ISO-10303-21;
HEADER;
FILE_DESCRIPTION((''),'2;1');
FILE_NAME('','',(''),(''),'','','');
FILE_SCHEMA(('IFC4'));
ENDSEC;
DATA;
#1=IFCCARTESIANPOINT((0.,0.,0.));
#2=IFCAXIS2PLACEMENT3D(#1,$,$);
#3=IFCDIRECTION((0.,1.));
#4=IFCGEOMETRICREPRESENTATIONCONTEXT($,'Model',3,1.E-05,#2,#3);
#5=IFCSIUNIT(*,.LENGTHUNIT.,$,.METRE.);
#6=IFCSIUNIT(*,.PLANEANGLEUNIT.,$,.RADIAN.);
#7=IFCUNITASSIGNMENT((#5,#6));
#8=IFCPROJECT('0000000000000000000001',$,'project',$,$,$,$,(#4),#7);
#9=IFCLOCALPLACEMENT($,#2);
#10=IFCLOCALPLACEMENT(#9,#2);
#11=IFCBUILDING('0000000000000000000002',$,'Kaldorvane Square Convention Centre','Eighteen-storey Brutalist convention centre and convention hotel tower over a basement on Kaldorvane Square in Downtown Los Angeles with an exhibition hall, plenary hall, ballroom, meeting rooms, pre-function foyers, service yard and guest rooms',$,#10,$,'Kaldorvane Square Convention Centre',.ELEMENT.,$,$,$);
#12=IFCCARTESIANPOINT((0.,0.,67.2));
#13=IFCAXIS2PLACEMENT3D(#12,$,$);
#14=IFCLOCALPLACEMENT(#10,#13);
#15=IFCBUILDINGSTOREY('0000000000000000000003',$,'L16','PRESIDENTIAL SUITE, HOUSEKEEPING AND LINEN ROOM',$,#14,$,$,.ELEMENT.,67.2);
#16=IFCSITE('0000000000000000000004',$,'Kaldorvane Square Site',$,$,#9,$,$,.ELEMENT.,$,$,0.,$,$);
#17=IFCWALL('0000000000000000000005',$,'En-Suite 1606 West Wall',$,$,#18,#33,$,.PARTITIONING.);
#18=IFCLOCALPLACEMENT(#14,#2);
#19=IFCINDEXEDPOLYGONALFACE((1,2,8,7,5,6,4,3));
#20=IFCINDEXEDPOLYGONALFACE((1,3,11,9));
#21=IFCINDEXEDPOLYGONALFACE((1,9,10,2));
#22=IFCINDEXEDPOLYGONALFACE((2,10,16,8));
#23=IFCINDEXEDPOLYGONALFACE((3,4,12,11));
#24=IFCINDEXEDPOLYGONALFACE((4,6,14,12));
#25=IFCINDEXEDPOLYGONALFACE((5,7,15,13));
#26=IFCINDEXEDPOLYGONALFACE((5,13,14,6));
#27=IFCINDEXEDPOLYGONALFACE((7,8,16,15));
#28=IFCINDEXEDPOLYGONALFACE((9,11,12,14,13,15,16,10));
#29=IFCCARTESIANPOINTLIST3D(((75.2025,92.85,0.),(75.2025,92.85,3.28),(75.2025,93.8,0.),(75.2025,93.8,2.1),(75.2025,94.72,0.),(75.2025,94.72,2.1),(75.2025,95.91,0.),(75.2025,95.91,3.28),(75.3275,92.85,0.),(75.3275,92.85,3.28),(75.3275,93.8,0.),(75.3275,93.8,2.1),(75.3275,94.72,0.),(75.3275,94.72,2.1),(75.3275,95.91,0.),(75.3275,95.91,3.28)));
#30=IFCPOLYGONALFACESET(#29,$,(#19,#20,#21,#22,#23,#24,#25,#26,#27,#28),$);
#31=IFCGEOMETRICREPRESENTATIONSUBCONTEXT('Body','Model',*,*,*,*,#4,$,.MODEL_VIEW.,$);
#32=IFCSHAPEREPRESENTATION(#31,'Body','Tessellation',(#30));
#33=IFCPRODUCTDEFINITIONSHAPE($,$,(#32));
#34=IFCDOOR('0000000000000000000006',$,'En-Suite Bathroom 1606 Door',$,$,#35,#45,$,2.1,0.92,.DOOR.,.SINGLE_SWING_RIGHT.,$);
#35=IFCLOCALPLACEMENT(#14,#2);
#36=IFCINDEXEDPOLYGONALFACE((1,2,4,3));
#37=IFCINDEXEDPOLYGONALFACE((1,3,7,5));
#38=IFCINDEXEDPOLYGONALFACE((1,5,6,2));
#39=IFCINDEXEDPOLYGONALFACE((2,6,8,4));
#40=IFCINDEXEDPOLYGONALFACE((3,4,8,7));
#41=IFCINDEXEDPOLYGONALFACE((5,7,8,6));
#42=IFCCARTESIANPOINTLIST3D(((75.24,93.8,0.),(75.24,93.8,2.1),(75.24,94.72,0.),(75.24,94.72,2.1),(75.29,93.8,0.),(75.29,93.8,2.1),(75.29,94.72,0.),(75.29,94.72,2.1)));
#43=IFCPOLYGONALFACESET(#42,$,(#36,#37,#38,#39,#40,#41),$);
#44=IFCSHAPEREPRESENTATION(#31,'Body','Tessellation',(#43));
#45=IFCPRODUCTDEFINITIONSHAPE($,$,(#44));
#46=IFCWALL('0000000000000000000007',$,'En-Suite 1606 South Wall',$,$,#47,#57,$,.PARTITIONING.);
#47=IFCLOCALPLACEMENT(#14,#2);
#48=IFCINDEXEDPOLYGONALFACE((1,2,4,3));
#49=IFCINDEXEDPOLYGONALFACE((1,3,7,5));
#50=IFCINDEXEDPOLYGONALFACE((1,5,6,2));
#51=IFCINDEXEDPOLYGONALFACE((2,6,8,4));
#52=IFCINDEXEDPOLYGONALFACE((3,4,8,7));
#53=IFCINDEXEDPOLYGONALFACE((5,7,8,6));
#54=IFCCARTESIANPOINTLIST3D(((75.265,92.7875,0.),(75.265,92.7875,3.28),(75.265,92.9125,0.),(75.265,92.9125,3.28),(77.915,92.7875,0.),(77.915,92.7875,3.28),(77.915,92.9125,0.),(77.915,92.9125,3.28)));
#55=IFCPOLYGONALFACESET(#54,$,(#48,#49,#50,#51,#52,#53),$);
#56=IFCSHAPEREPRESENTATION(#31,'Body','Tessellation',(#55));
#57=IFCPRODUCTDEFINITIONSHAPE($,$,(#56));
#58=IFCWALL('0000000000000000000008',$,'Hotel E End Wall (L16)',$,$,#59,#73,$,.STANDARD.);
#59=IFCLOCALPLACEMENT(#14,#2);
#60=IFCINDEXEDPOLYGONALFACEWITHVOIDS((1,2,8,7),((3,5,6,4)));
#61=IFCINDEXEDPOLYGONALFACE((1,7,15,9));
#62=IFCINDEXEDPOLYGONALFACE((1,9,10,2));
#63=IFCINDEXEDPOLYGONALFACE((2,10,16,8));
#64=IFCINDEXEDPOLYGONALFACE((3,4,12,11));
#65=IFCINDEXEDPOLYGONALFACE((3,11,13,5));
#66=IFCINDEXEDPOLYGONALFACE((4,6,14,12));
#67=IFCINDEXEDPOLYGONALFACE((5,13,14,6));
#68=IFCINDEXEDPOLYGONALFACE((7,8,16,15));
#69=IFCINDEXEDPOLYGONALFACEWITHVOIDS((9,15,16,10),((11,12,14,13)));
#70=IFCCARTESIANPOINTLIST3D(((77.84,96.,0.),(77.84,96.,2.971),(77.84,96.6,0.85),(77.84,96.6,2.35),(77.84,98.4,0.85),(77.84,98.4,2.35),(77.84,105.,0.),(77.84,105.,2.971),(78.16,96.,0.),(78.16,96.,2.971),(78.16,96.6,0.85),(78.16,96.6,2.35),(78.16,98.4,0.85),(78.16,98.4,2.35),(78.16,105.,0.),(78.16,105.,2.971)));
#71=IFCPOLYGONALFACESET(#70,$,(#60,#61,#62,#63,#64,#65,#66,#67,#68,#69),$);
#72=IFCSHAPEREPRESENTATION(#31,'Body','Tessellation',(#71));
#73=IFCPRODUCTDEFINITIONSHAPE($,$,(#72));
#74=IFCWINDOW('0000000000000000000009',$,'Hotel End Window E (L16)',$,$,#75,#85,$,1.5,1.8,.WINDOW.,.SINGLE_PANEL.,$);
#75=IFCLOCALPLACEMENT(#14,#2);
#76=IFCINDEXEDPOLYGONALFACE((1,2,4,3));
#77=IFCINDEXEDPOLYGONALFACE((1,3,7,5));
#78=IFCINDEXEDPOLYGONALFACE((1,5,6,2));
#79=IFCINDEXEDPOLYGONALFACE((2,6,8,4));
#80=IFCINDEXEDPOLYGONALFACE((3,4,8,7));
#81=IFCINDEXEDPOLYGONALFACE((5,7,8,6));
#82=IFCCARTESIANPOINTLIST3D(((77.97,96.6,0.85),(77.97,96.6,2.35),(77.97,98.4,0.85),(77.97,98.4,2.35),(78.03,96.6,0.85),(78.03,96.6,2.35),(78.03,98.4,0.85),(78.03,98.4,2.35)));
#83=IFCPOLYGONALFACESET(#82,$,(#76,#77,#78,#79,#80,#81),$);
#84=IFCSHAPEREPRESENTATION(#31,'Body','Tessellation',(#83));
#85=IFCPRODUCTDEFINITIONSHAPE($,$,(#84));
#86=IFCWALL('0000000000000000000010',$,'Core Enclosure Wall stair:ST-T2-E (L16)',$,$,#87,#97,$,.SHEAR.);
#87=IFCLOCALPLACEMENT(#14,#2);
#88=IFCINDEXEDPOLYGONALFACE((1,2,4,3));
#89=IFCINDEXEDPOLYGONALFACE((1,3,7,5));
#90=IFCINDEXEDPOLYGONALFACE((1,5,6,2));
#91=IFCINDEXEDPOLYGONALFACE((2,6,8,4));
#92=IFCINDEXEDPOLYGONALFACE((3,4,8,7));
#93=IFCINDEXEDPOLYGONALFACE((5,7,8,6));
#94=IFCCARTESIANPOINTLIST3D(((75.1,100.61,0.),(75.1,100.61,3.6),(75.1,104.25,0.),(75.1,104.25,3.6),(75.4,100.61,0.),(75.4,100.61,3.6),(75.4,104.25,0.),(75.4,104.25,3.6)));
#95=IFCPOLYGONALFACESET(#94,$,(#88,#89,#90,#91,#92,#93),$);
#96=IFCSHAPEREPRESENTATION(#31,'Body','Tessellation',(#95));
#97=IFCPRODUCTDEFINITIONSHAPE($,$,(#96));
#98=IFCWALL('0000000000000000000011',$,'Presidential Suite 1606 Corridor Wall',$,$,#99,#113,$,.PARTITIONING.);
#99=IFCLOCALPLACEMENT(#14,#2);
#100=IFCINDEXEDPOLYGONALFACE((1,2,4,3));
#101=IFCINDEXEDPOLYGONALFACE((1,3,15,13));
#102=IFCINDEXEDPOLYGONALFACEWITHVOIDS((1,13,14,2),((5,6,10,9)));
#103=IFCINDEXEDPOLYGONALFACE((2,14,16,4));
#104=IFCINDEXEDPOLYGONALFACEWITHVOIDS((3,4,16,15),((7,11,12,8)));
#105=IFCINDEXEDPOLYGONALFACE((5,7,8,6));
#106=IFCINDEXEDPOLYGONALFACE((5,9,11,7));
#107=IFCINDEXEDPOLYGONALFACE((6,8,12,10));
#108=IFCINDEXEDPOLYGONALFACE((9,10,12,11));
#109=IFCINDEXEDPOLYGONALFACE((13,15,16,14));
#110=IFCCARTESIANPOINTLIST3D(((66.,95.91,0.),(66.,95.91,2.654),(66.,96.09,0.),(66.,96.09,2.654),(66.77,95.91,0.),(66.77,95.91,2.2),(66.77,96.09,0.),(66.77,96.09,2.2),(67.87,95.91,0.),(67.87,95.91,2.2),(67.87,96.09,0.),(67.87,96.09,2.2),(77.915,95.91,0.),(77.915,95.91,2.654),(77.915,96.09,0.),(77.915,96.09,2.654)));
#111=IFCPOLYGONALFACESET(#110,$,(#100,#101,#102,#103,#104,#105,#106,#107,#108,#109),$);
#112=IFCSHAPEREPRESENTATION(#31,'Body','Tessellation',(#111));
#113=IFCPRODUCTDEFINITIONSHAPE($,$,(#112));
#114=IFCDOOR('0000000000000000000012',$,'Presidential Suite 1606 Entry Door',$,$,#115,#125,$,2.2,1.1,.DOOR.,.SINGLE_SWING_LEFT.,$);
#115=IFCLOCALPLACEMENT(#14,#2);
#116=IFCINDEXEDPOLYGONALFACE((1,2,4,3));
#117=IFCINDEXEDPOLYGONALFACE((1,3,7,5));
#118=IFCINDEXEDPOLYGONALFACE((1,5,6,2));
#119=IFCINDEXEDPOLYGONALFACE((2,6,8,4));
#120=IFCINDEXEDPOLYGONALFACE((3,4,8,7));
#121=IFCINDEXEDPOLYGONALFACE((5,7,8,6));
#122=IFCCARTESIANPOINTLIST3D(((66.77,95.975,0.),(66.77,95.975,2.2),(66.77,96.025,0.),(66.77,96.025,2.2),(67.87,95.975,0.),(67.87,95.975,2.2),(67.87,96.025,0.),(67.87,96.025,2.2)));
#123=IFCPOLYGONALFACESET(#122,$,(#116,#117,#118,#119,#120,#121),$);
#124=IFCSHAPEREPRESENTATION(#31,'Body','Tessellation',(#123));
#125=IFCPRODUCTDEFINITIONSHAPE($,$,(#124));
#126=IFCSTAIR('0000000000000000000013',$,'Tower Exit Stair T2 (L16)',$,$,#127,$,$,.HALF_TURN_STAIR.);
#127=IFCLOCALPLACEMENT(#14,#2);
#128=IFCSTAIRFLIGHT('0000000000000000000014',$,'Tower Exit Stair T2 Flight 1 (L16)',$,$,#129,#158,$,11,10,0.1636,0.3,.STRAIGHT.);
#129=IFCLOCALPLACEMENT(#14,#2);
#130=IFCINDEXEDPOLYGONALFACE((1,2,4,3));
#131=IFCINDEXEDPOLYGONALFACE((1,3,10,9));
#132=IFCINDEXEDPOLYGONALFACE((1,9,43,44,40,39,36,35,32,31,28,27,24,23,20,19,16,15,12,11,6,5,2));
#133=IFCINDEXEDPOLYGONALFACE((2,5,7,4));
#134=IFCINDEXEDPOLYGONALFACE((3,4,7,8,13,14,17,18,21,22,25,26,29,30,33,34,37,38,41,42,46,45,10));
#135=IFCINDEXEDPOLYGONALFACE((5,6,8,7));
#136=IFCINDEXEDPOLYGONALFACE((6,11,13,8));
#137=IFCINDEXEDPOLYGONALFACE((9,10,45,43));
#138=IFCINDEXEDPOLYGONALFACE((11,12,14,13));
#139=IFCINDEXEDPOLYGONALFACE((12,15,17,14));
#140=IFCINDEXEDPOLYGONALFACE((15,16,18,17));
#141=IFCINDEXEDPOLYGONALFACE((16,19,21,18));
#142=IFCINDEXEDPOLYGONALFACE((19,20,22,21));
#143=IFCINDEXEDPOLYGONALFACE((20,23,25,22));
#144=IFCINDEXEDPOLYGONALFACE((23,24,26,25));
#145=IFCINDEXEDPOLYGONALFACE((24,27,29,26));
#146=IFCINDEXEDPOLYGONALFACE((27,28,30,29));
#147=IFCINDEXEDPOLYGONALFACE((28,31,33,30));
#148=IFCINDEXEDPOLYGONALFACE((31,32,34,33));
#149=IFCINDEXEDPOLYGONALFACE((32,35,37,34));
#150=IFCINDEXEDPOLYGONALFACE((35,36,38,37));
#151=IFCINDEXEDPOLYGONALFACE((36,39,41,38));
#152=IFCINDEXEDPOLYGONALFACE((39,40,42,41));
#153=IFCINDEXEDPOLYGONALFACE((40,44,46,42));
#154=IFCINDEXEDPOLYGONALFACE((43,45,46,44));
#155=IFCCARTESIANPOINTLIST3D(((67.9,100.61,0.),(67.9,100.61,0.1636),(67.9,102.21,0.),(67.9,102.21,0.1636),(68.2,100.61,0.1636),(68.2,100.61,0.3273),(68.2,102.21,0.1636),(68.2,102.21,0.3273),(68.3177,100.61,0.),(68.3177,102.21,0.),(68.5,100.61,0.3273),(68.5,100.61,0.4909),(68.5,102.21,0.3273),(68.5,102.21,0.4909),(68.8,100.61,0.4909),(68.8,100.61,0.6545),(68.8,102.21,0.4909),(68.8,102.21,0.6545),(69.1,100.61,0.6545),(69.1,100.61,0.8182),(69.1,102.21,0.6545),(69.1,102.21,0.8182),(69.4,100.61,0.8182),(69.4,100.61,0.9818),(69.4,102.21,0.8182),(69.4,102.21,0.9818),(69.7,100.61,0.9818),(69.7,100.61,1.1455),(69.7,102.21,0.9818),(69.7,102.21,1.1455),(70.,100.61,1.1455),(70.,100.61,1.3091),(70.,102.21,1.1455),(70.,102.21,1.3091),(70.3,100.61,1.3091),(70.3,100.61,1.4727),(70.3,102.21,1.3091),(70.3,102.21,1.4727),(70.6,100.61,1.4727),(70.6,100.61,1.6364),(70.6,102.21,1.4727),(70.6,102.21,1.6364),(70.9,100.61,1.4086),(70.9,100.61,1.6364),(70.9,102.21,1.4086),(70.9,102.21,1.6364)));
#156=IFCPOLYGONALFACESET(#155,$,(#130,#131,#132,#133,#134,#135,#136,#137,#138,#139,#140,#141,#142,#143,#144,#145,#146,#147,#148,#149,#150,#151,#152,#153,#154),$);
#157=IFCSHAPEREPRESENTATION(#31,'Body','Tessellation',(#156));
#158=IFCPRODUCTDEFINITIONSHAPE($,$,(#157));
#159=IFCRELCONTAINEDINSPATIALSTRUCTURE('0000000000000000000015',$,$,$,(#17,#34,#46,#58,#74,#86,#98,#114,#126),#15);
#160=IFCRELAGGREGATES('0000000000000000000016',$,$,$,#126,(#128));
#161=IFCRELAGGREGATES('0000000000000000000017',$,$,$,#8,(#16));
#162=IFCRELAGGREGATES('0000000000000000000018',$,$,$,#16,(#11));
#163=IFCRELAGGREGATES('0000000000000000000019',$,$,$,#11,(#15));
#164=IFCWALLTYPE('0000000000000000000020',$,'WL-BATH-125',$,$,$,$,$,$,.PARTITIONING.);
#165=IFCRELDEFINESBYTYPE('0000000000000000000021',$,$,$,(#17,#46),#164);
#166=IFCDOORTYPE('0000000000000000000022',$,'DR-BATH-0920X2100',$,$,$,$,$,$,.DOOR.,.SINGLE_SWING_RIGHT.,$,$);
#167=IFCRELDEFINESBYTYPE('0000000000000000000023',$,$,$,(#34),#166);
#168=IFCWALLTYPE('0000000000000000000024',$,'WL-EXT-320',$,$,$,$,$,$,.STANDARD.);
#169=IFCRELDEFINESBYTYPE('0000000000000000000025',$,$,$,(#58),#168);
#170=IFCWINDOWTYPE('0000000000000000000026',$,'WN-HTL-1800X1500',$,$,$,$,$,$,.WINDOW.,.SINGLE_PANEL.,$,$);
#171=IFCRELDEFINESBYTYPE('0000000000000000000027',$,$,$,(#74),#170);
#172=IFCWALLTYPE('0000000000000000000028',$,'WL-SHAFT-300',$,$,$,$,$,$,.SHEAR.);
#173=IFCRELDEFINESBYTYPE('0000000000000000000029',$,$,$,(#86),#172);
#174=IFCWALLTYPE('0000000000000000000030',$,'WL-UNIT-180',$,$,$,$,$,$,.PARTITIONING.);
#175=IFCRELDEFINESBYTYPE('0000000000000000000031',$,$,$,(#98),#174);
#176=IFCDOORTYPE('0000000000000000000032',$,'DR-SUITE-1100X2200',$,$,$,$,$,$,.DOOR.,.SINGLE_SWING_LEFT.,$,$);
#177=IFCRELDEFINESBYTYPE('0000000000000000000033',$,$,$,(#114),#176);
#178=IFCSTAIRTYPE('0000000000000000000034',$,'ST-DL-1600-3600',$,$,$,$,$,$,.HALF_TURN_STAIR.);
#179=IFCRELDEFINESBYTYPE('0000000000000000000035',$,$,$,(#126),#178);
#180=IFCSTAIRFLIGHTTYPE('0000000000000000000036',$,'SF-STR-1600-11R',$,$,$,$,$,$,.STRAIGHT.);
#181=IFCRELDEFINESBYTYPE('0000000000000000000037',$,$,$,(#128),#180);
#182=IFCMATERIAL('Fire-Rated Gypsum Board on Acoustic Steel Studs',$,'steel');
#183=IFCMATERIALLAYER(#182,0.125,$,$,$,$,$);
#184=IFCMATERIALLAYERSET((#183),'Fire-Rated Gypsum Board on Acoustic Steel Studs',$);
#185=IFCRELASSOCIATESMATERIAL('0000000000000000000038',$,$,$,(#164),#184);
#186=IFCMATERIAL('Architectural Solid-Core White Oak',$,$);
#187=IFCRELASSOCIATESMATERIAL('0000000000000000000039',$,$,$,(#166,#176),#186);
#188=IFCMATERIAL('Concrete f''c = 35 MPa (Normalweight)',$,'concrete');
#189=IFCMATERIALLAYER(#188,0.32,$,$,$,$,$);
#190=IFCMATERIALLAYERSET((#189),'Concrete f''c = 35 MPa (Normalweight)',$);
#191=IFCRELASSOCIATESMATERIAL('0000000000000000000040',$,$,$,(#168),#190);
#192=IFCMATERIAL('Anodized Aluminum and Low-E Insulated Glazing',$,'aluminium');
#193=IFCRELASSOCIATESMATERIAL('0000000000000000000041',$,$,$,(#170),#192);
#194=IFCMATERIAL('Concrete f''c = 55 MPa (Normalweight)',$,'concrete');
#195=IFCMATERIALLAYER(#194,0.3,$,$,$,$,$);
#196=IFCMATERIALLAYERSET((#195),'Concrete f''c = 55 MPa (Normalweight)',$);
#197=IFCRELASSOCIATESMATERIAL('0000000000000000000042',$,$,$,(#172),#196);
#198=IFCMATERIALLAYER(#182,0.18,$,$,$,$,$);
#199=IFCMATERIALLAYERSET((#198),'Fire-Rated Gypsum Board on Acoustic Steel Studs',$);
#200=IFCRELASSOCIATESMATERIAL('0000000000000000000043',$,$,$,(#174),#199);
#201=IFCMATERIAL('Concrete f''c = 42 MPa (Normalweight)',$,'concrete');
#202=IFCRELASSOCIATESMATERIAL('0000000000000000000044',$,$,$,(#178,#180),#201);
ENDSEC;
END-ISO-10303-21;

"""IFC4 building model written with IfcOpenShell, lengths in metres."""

from ifc_helpers import new_model, si_unit, direction, frame, frame_2d, origin, place, context, subcontext, project, spatial, polyline, rectangle, outline, extrude, material, layer, layer_set, type_object, element, fill, aggregate, save


model = new_model("IFC4")

# Units and contexts
model_context = context("Model", 3, precision=1e-05, world=origin(), true_north=direction((0.0, 1.0)))
body_context = subcontext(model_context, "Body", "Model", "MODEL_VIEW")
ifc_project = project(units=[si_unit("LENGTHUNIT", "METRE"), si_unit("PLANEANGLEUNIT", "RADIAN")], contexts=[model_context])

# Site, building, storey
site_placement = place(None, origin())
site = spatial("IfcSite", under=ifc_project, at=site_placement, Name="Kaldorvane Square Site", CompositionType="ELEMENT", RefElevation=0.0)
building_placement = place(site_placement, origin())
building = spatial("IfcBuilding", under=site, at=building_placement, Name="Kaldorvane Square Convention Centre", Description="Eighteen-storey Brutalist convention centre and convention hotel tower over a basement on Kaldorvane Square in Downtown Los Angeles with an exhibition hall, plenary hall, ballroom, meeting rooms, pre-function foyers, service yard and guest rooms", LongName="Kaldorvane Square Convention Centre", CompositionType="ELEMENT")
storey_placement = place(building_placement, frame((0.0, 0.0, 67.2)))
storey = spatial("IfcBuildingStorey", under=building, at=storey_placement, Name="L16", Description="PRESIDENTIAL SUITE, HOUSEKEEPING AND LINEN ROOM", CompositionType="ELEMENT", Elevation=67.2)

# Shared definitions
ifc_material_1 = material(Name="Anodized Aluminum and Low-E Insulated Glazing", Category="aluminium")

# Wall, opening, door
ifc_material_2 = material(Name="Fire-Rated Gypsum Board on Acoustic Steel Studs", Category="steel")
ifc_layer_1 = layer(ifc_material_2, 0.125)
ifc_layer_set_1 = layer_set([ifc_layer_1], Name="Fire-Rated Gypsum Board on Acoustic Steel Studs")
wall_type_1 = type_object("IfcWallType", Name="WL-BATH-125", PredefinedType="PARTITIONING", material=ifc_layer_set_1)
wall_1_placement = place(storey_placement, frame((75.265, 92.85, 0.0), z_axis=(0.0, 0.0, 1.0), x_axis=(0.0, 1.0, 0.0)))
wall_1 = element("IfcWall", 1, at=wall_1_placement, inside=storey, type_object=wall_type_1, Name="En-Suite 1606 West Wall", PredefinedType="PARTITIONING", context=body_context, shape_type="SweptSolid", body=[
    extrude(rectangle(XDim=3.06, YDim=0.125, at=frame_2d((1.53, 0.0))), origin(), (0.0, 0.0, 1.0), 3.28),
])
opening_1_placement = place(wall_1_placement, frame((0.95, 0.0, 0.0)))
opening_1 = element("IfcOpeningElement", 2, at=opening_1_placement, cuts=wall_1, PredefinedType="OPENING", context=body_context, shape_type="SweptSolid", body=[
    extrude(rectangle(XDim=0.92, YDim=2.1, at=frame_2d((0.46, 1.05))), frame((0.0, 0.0775, 0.0), z_axis=(0.0, -1.0, 0.0), x_axis=(1.0, 0.0, 0.0)), (0.0, 0.0, 1.0), 0.155),
])
ifc_material_3 = material(Name="Architectural Solid-Core White Oak")
door_type_1 = type_object("IfcDoorType", Name="DR-BATH-0920X2100", OperationType="SINGLE_SWING_RIGHT", PredefinedType="DOOR", material=ifc_material_3)
door_1_placement = place(opening_1_placement, origin())
door_1 = element("IfcDoor", 3, at=door_1_placement, inside=storey, type_object=door_type_1, Name="En-Suite Bathroom 1606 Door", OperationType="SINGLE_SWING_RIGHT", OverallHeight=2.1, OverallWidth=0.92, PredefinedType="DOOR", context=body_context, shape_type="SweptSolid", body=[
    extrude(rectangle(XDim=0.92, YDim=2.1, at=frame_2d((0.46, 1.05))), frame((0.0, 0.025, 0.0), z_axis=(0.0, -1.0, 0.0), x_axis=(1.0, 0.0, 0.0)), (0.0, 0.0, 1.0), 0.05),
])
fill(opening_1, door_1)

# Wall
wall_2_placement = place(storey_placement, frame((75.265, 92.85, 0.0), z_axis=(0.0, 0.0, 1.0), x_axis=(1.0, 0.0, 0.0)))
element("IfcWall", 4, at=wall_2_placement, inside=storey, type_object=wall_type_1, Name="En-Suite 1606 South Wall", PredefinedType="PARTITIONING", context=body_context, shape_type="SweptSolid", body=[
    extrude(rectangle(XDim=2.65, YDim=0.125, at=frame_2d((1.325, 0.0))), origin(), (0.0, 0.0, 1.0), 3.28),
])

# Wall, opening, window
ifc_material_4 = material(Name="Concrete f'c = 35 MPa (Normalweight)", Category="concrete")
ifc_layer_2 = layer(ifc_material_4, 0.32)
ifc_layer_set_2 = layer_set([ifc_layer_2], Name="Concrete f'c = 35 MPa (Normalweight)")
wall_type_2 = type_object("IfcWallType", Name="WL-EXT-320", PredefinedType="STANDARD", material=ifc_layer_set_2)
wall_3_placement = place(storey_placement, frame((78.0, 96.0, 0.0), z_axis=(0.0, 0.0, 1.0), x_axis=(0.0, 1.0, 0.0)))
wall_3 = element("IfcWall", 5, at=wall_3_placement, inside=storey, type_object=wall_type_2, Name="Hotel E End Wall (L16)", PredefinedType="STANDARD", context=body_context, shape_type="SweptSolid", body=[
    extrude(rectangle(XDim=9.0, YDim=0.32, at=frame_2d((4.5, 0.0))), origin(), (0.0, 0.0, 1.0), 2.971),
])
opening_2_placement = place(wall_3_placement, frame((0.6, 0.0, 0.85)))
opening_2 = element("IfcOpeningElement", 6, at=opening_2_placement, cuts=wall_3, PredefinedType="OPENING", context=body_context, shape_type="SweptSolid", body=[
    extrude(rectangle(XDim=1.8, YDim=1.5, at=frame_2d((0.9, 0.75))), frame((0.0, 0.175, 0.0), z_axis=(0.0, -1.0, 0.0), x_axis=(1.0, 0.0, 0.0)), (0.0, 0.0, 1.0), 0.35),
])
window_type = type_object("IfcWindowType", Name="WN-HTL-1800X1500", PartitioningType="SINGLE_PANEL", PredefinedType="WINDOW", material=ifc_material_1)
window_placement = place(opening_2_placement, origin())
window = element("IfcWindow", 7, at=window_placement, inside=storey, type_object=window_type, Name="Hotel End Window E (L16)", OverallHeight=1.5, OverallWidth=1.8, PartitioningType="SINGLE_PANEL", PredefinedType="WINDOW", context=body_context, shape_type="SweptSolid", body=[
    extrude(rectangle(XDim=1.8, YDim=1.5, at=frame_2d((0.9, 0.75))), frame((0.0, 0.03, 0.0), z_axis=(0.0, -1.0, 0.0), x_axis=(1.0, 0.0, 0.0)), (0.0, 0.0, 1.0), 0.06),
])
fill(opening_2, window)

# Wall
ifc_material_5 = material(Name="Concrete f'c = 55 MPa (Normalweight)", Category="concrete")
ifc_layer_3 = layer(ifc_material_5, 0.3)
ifc_layer_set_3 = layer_set([ifc_layer_3], Name="Concrete f'c = 55 MPa (Normalweight)")
wall_type_3 = type_object("IfcWallType", Name="WL-SHAFT-300", PredefinedType="SHEAR", material=ifc_layer_set_3)
wall_4_placement = place(storey_placement, frame((75.25, 100.61, 0.0), z_axis=(0.0, 0.0, 1.0), x_axis=(0.0, 1.0, 0.0)))
element("IfcWall", 8, at=wall_4_placement, inside=storey, type_object=wall_type_3, Name="Core Enclosure Wall stair:ST-T2-E (L16)", PredefinedType="SHEAR", context=body_context, shape_type="SweptSolid", body=[
    extrude(rectangle(XDim=3.64, YDim=0.3, at=frame_2d((1.82, 0.0))), origin(), (0.0, 0.0, 1.0), 3.6),
])

# Wall, opening, door
ifc_layer_4 = layer(ifc_material_2, 0.18)
ifc_layer_set_4 = layer_set([ifc_layer_4], Name="Fire-Rated Gypsum Board on Acoustic Steel Studs")
wall_type_4 = type_object("IfcWallType", Name="WL-UNIT-180", PredefinedType="PARTITIONING", material=ifc_layer_set_4)
wall_5_placement = place(storey_placement, frame((66.0, 96.0, 0.0), z_axis=(0.0, 0.0, 1.0), x_axis=(1.0, 0.0, 0.0)))
wall_5 = element("IfcWall", 9, at=wall_5_placement, inside=storey, type_object=wall_type_4, Name="Presidential Suite 1606 Corridor Wall", PredefinedType="PARTITIONING", context=body_context, shape_type="SweptSolid", body=[
    extrude(rectangle(XDim=11.915, YDim=0.18, at=frame_2d((5.9575, 0.0))), origin(), (0.0, 0.0, 1.0), 2.654),
])
opening_3_placement = place(wall_5_placement, frame((0.77, 0.0, 0.0)))
opening_3 = element("IfcOpeningElement", 10, at=opening_3_placement, cuts=wall_5, PredefinedType="OPENING", context=body_context, shape_type="SweptSolid", body=[
    extrude(rectangle(XDim=1.1, YDim=2.2, at=frame_2d((0.55, 1.1))), frame((0.0, 0.105, 0.0), z_axis=(0.0, -1.0, 0.0), x_axis=(1.0, 0.0, 0.0)), (0.0, 0.0, 1.0), 0.21),
])
door_type_2 = type_object("IfcDoorType", Name="DR-SUITE-1100X2200", OperationType="SINGLE_SWING_LEFT", PredefinedType="DOOR", material=ifc_material_3)
door_2_placement = place(opening_3_placement, origin())
door_2 = element("IfcDoor", 11, at=door_2_placement, inside=storey, type_object=door_type_2, Name="Presidential Suite 1606 Entry Door", OperationType="SINGLE_SWING_LEFT", OverallHeight=2.2, OverallWidth=1.1, PredefinedType="DOOR", context=body_context, shape_type="SweptSolid", body=[
    extrude(rectangle(XDim=1.1, YDim=2.2, at=frame_2d((0.55, 1.1))), frame((0.0, 0.025, 0.0), z_axis=(0.0, -1.0, 0.0), x_axis=(1.0, 0.0, 0.0)), (0.0, 0.0, 1.0), 0.05),
])
fill(opening_3, door_2)

# Stair, stair flight
ifc_material_6 = material(Name="Concrete f'c = 42 MPa (Normalweight)", Category="concrete")
stair_type = type_object("IfcStairType", Name="ST-DL-1600-3600", PredefinedType="HALF_TURN_STAIR", material=ifc_material_6)
stair_placement = place(storey_placement, origin())
stair = element("IfcStair", 12, at=stair_placement, inside=storey, type_object=stair_type, Name="Tower Exit Stair T2 (L16)", PredefinedType="HALF_TURN_STAIR")
stair_flight_type = type_object("IfcStairFlightType", Name="SF-STR-1600-11R", PredefinedType="STRAIGHT", material=ifc_material_6)
stair_flight_placement = place(storey_placement, frame((67.9, 101.41, 0.0), z_axis=(0.0, 0.0, 1.0), x_axis=(1.0, 0.0, 0.0)))
stair_flight = element("IfcStairFlight", 13, at=stair_flight_placement, type_object=stair_flight_type, Name="Tower Exit Stair T2 Flight 1 (L16)", NumberOfRisers=11, NumberOfTreads=10, PredefinedType="STRAIGHT", RiserHeight=0.1636, TreadLength=0.3, context=body_context, shape_type="SweptSolid", body=[
    extrude(outline(polyline([(0.0, 0.0), (0.0, 0.1636), (0.3, 0.1636), (0.3, 0.3273), (0.6, 0.3273), (0.6, 0.4909), (0.9, 0.4909), (0.9, 0.6545), (1.2, 0.6545), (1.2, 0.8182), (1.5, 0.8182), (1.5, 0.9818), (1.8, 0.9818), (1.8, 1.1455), (2.1, 1.1455), (2.1, 1.3091), (2.4, 1.3091), (2.4, 1.4727), (2.7, 1.4727), (2.7, 1.6364), (3.0, 1.6364), (3.0, 1.8), (3.0, 1.4086), (0.4177, 0.0), (0.0, 0.0)])), frame((0.0, 0.8, 0.0), z_axis=(0.0, -1.0, 0.0), x_axis=(1.0, 0.0, 0.0)), (0.0, 0.0, 1.0), 1.6),
])
aggregate(stair, [stair_flight])

save(model, "model.ifc")
